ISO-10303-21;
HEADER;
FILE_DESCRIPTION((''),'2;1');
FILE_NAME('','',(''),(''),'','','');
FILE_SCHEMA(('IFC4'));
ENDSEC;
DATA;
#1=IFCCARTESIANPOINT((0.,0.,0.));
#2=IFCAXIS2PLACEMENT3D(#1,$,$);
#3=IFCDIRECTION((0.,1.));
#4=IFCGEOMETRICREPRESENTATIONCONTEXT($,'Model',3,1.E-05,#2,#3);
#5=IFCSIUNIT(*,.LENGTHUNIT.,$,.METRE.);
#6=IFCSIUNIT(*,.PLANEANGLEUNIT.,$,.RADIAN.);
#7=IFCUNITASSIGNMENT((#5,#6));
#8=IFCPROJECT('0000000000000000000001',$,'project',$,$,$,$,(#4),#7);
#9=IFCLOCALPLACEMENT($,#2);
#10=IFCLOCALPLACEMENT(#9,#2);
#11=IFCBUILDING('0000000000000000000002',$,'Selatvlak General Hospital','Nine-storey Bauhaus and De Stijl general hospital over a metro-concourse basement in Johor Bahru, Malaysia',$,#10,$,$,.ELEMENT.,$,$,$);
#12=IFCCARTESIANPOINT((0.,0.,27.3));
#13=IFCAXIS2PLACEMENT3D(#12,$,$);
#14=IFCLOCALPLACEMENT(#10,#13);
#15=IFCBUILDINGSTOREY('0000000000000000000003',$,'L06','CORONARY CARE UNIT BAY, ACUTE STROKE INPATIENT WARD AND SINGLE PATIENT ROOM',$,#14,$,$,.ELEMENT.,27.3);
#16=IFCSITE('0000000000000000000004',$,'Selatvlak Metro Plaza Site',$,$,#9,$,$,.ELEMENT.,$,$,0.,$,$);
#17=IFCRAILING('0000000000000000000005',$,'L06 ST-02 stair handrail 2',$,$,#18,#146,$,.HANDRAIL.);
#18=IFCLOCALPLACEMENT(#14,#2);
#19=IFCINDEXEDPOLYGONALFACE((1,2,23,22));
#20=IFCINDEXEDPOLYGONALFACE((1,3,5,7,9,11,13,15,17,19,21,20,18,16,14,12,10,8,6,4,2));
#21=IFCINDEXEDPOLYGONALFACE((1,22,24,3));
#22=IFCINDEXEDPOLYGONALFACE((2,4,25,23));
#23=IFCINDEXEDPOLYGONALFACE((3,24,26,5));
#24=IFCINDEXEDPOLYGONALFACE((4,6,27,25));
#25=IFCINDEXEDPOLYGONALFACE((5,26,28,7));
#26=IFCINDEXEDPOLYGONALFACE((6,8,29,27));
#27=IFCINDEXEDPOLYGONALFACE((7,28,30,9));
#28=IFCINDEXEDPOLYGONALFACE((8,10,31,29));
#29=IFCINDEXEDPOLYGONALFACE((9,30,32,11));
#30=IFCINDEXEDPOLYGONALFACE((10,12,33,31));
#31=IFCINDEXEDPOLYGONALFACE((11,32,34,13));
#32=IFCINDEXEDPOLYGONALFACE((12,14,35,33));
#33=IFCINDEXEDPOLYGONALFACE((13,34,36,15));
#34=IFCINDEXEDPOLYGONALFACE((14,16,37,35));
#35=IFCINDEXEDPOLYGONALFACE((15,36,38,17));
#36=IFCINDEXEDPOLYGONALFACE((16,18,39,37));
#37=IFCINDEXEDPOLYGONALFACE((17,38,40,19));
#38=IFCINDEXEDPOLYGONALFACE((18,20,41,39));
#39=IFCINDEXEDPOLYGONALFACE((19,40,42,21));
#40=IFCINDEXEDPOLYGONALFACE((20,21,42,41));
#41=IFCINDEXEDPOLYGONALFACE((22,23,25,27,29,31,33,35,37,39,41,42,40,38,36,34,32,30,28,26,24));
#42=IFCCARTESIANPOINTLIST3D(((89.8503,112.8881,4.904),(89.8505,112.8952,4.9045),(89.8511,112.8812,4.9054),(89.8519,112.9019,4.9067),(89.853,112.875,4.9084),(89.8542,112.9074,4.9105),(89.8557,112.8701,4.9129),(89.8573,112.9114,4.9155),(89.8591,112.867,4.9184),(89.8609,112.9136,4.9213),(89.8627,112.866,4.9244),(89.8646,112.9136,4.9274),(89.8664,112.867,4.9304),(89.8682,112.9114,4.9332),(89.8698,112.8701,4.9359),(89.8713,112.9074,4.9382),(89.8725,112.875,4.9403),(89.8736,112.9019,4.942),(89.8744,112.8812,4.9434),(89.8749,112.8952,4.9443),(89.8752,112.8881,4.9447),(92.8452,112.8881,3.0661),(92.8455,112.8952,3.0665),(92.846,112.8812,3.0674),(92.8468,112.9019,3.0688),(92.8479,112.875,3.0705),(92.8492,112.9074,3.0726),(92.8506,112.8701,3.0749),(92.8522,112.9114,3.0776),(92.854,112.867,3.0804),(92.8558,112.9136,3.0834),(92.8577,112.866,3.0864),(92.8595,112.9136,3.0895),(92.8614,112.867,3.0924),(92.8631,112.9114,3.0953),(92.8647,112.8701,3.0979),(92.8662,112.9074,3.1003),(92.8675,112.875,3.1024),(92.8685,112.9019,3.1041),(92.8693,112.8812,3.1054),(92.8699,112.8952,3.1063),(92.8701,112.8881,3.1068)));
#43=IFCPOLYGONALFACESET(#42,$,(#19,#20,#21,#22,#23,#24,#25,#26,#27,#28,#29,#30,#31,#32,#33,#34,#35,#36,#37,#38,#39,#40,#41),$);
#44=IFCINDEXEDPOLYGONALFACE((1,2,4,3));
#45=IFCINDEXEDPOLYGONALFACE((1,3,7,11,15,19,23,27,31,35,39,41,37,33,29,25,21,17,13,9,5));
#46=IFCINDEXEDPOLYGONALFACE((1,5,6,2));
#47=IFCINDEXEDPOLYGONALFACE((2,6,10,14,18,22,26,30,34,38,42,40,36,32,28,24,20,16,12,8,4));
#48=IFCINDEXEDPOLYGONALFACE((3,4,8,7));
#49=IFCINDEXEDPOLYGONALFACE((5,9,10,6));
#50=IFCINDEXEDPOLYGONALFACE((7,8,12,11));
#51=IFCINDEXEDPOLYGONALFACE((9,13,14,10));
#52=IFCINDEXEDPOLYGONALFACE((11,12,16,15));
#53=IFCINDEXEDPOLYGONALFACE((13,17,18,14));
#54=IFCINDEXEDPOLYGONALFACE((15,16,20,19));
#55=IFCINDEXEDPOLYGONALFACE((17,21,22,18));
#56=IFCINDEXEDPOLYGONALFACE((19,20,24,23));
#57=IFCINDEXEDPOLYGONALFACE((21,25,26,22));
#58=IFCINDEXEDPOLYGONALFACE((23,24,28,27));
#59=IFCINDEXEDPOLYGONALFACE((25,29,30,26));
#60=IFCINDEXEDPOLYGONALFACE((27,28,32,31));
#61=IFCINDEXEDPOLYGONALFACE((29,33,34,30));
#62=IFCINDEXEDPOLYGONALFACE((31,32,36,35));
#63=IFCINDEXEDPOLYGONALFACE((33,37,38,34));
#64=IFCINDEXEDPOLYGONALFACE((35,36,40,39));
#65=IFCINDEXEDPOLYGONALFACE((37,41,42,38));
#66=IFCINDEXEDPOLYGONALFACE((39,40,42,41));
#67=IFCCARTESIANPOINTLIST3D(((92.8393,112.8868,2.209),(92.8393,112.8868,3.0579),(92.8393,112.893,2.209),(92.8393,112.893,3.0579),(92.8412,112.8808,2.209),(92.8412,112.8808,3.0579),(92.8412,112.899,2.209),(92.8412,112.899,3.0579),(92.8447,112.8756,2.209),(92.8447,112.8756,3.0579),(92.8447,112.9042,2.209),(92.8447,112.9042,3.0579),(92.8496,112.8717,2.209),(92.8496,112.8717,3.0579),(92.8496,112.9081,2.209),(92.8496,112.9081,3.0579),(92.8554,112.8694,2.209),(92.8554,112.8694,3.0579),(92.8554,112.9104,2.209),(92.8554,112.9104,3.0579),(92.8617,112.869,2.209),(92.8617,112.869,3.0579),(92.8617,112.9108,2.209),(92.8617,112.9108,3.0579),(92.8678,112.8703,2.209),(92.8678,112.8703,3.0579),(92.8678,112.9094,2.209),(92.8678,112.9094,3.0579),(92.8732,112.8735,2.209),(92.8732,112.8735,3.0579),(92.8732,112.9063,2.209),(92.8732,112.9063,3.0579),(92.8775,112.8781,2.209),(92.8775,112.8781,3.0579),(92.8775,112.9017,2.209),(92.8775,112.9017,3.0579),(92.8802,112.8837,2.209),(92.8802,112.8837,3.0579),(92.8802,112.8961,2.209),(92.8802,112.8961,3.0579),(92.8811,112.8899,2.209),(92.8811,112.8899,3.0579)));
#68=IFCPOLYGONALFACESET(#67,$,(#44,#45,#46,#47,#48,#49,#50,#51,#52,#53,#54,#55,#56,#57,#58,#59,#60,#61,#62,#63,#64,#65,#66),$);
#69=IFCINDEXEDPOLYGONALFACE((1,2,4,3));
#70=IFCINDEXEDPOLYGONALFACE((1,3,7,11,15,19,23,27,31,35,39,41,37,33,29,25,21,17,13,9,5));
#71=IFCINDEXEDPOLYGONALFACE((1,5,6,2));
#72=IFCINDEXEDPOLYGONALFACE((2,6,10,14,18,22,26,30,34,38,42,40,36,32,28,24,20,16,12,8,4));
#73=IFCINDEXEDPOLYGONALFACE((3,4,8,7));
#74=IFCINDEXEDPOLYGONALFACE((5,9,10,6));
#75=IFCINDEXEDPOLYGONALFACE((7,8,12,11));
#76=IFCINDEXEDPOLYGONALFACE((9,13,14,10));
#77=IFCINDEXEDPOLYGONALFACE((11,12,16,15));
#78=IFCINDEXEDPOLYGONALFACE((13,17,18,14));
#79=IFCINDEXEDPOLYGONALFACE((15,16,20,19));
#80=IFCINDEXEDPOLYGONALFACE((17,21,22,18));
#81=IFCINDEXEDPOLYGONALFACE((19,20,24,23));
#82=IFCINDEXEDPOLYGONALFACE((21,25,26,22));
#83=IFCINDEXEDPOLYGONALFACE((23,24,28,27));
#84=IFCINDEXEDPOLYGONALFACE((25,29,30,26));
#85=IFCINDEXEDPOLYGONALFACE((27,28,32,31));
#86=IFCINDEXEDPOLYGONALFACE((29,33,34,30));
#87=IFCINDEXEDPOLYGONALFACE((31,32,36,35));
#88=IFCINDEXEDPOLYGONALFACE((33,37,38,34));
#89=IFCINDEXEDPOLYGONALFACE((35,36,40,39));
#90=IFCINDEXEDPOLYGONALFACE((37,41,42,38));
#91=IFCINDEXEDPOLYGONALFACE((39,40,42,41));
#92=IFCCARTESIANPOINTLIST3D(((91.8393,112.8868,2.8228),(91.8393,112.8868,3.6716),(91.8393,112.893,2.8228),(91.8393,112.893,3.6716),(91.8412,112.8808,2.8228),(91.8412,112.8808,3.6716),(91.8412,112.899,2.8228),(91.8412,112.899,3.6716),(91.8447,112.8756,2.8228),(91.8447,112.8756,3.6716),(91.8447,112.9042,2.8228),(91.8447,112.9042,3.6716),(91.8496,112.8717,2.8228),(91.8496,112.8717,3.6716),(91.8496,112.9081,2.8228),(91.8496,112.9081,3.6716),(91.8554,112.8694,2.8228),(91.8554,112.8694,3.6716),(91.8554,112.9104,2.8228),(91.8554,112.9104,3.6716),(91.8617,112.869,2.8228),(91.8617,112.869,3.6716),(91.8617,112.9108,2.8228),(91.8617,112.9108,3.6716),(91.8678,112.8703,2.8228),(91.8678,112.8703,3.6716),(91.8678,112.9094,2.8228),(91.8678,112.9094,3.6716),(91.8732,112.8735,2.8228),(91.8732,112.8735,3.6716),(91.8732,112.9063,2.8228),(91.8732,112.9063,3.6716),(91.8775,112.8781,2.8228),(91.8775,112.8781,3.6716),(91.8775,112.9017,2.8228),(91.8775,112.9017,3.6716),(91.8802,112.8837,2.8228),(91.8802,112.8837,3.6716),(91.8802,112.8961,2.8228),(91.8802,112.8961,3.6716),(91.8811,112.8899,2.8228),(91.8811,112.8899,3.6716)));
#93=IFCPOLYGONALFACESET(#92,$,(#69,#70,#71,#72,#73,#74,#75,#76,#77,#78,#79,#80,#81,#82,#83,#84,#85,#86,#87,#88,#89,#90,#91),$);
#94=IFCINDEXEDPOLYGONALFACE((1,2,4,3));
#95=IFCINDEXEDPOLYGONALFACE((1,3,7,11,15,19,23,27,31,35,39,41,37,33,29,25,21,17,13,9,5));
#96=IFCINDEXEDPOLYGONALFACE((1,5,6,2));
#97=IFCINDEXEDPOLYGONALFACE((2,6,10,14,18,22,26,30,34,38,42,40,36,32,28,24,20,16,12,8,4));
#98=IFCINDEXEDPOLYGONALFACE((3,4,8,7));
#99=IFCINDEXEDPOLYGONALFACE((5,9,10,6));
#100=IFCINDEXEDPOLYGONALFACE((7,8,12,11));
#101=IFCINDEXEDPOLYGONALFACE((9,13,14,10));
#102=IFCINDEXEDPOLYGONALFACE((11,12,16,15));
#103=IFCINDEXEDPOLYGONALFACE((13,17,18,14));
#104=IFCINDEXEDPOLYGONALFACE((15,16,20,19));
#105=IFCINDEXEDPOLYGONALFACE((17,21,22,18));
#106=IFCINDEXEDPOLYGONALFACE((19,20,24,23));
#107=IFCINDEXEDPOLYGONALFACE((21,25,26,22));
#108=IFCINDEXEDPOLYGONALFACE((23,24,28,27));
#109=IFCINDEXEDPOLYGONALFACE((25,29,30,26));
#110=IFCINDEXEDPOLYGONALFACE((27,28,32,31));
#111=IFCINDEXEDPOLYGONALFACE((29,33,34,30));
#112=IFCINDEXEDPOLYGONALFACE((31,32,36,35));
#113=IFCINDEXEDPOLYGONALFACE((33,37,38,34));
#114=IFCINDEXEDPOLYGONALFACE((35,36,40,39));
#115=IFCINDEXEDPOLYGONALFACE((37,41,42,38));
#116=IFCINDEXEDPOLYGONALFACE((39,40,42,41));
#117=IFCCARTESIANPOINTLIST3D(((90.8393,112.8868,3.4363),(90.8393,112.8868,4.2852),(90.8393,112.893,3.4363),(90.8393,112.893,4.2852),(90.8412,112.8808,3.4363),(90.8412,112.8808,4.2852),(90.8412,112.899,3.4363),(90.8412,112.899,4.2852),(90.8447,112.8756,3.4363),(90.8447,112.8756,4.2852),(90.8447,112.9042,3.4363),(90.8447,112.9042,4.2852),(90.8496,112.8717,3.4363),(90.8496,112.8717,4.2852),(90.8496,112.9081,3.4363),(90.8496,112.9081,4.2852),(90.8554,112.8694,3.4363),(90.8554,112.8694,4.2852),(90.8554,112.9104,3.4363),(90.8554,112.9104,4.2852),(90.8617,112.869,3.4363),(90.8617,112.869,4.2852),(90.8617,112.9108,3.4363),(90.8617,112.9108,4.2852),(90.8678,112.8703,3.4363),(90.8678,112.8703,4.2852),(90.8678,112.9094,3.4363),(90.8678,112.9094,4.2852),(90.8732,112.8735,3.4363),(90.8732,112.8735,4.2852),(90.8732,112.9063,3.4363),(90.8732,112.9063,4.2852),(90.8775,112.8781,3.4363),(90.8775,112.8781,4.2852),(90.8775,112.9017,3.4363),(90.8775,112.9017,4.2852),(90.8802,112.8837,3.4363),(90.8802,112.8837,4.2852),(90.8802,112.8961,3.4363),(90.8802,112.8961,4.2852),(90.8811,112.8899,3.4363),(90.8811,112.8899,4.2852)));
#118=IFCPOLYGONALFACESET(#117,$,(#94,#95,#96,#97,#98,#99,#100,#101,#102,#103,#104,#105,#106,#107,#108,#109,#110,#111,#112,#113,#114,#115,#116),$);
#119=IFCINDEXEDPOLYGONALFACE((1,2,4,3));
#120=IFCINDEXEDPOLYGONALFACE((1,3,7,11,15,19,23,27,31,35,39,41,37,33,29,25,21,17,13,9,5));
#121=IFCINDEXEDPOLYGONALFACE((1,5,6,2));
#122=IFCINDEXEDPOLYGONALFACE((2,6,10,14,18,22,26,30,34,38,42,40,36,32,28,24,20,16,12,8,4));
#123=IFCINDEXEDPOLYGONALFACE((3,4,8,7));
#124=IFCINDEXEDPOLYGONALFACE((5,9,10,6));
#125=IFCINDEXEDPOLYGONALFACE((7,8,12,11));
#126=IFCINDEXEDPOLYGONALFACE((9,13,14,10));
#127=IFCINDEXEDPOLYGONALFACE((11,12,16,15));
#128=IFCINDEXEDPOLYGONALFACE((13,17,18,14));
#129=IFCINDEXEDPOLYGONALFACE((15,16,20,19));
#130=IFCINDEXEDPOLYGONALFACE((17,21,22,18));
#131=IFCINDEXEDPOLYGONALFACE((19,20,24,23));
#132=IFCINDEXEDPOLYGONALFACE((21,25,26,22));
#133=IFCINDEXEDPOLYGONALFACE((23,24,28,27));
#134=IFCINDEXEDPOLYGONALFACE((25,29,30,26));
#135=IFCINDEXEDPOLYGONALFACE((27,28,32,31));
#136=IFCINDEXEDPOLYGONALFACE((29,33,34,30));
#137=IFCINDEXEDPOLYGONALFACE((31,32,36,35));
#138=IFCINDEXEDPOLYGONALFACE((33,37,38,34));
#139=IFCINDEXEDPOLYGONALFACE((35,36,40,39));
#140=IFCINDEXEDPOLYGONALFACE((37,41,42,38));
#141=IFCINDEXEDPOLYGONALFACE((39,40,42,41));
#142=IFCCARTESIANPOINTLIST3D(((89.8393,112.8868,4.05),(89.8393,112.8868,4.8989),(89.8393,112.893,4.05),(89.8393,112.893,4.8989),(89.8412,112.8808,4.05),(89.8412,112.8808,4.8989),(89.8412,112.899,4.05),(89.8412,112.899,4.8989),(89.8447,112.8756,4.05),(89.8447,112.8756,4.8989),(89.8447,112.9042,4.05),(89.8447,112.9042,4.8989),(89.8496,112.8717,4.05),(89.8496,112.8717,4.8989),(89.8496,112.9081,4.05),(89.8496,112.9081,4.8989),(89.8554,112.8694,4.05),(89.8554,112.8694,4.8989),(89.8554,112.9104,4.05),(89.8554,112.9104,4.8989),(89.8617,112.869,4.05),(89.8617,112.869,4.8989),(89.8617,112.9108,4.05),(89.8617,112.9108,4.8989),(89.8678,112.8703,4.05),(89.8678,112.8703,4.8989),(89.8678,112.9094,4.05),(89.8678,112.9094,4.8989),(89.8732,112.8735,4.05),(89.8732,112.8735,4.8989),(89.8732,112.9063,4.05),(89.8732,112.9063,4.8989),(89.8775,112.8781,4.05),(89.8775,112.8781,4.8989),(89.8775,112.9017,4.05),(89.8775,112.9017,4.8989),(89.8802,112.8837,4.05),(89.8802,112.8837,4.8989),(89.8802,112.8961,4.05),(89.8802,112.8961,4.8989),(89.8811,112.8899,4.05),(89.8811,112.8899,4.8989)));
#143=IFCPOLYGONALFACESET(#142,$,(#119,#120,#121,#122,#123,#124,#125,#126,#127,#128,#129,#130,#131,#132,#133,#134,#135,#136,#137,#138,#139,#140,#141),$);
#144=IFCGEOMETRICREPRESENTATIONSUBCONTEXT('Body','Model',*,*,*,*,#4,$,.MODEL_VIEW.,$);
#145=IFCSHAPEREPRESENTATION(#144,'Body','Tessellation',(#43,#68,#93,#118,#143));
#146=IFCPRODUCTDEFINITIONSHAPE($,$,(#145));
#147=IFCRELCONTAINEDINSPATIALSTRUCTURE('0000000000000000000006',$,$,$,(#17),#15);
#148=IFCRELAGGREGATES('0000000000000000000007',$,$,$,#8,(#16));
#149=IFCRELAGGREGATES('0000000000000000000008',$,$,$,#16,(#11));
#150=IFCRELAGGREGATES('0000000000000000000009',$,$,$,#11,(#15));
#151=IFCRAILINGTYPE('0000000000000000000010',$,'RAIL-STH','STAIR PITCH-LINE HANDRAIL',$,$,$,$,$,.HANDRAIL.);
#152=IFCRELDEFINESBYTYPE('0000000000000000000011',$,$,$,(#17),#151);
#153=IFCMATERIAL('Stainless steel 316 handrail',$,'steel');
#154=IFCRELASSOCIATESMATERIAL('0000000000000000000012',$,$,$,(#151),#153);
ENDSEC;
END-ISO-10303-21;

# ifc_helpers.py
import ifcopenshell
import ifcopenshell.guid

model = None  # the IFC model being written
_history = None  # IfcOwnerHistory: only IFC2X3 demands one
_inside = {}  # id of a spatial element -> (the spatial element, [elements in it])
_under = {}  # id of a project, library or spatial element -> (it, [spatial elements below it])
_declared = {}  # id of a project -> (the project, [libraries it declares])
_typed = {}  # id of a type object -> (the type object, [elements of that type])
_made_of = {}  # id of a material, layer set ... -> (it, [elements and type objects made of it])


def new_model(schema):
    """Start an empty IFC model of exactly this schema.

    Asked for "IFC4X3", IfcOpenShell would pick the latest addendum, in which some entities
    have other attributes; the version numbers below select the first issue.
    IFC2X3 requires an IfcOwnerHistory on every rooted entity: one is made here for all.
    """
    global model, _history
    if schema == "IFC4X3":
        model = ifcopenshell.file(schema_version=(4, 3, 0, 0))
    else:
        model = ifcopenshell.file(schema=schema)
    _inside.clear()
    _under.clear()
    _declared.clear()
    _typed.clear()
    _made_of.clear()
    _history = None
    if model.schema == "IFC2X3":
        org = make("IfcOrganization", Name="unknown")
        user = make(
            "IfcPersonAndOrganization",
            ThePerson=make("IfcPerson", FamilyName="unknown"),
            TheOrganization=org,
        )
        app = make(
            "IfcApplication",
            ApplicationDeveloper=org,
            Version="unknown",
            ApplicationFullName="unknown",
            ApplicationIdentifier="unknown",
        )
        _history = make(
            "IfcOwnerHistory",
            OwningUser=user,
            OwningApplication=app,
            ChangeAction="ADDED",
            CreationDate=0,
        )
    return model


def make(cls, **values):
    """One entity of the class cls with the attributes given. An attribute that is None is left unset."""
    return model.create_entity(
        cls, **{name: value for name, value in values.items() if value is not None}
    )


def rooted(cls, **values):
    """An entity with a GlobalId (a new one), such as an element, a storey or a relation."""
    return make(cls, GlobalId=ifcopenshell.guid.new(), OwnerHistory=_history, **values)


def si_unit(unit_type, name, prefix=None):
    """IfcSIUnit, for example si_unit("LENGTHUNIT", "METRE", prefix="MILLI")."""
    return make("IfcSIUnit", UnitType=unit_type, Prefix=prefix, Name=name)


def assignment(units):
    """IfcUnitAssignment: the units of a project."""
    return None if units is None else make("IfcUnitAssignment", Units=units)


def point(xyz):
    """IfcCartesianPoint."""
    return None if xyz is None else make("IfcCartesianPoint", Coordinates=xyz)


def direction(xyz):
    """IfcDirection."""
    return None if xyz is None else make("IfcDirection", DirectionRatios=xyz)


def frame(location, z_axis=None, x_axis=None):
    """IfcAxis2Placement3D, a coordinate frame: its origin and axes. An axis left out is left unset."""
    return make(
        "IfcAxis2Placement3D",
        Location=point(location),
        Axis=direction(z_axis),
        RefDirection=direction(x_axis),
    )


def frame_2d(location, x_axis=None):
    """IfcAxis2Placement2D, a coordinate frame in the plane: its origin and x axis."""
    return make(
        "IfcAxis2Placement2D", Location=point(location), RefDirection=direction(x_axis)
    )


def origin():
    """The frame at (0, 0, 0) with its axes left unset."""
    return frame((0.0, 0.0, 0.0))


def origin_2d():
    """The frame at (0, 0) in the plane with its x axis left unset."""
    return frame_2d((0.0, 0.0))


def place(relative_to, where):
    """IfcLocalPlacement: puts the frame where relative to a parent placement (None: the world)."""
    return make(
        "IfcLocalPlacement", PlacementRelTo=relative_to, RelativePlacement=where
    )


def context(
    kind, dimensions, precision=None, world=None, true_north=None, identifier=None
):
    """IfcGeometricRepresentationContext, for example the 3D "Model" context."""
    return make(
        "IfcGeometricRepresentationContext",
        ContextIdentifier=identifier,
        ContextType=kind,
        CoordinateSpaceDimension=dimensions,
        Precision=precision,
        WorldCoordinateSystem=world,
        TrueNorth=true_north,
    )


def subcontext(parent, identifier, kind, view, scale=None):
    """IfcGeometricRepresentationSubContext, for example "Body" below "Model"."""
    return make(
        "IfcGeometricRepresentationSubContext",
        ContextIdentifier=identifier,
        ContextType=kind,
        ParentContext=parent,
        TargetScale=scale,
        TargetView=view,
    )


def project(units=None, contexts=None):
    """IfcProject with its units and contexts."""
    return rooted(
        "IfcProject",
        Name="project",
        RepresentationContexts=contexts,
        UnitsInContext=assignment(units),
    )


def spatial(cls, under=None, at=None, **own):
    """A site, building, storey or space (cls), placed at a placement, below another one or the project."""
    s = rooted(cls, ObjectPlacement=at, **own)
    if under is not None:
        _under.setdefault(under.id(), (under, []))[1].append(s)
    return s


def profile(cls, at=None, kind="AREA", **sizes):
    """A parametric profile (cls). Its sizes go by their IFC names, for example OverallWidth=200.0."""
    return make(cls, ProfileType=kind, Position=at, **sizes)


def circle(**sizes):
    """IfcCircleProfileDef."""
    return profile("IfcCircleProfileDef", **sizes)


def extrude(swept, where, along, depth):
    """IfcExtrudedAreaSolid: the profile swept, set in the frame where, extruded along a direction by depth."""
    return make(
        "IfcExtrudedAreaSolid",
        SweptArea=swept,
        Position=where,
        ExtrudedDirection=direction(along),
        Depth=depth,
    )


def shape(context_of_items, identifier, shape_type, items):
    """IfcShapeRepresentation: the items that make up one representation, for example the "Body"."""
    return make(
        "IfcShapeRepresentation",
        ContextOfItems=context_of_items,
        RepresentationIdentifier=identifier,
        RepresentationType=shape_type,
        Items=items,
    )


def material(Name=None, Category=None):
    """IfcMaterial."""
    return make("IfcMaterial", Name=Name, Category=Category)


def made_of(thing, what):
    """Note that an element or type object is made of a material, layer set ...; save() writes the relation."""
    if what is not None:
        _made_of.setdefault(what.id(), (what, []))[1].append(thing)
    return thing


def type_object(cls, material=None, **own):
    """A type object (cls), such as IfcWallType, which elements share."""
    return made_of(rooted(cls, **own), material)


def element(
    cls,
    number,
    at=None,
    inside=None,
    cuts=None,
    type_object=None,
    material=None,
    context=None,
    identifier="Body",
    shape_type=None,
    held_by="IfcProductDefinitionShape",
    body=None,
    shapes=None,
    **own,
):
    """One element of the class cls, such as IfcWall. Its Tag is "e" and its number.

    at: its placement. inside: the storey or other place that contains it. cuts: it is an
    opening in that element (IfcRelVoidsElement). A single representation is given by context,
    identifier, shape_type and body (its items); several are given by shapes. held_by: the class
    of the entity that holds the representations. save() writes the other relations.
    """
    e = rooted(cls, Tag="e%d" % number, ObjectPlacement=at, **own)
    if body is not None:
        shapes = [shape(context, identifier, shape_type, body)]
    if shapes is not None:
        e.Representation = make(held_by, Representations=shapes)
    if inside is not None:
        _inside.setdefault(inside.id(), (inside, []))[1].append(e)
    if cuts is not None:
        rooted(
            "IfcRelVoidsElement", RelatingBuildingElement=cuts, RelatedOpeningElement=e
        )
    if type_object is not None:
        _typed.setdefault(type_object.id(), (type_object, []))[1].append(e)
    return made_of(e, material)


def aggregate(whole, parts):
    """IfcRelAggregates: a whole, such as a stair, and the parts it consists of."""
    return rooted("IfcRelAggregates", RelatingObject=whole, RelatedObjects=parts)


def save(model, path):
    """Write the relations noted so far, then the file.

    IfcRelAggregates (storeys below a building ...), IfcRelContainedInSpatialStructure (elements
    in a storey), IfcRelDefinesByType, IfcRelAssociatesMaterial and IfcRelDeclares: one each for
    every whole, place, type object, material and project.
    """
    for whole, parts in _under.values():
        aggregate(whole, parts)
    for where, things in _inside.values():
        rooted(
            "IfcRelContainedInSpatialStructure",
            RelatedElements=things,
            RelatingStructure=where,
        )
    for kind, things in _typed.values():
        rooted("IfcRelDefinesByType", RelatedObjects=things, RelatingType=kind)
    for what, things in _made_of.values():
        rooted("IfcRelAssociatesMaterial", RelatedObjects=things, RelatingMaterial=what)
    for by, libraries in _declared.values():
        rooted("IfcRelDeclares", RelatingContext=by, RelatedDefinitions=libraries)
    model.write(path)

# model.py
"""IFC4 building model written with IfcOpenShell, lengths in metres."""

from ifc_helpers import new_model, si_unit, direction, frame, origin, origin_2d, place, context, subcontext, project, spatial, circle, extrude, material, type_object, element, save


model = new_model("IFC4")

# Units and contexts
model_context = context("Model", 3, precision=1e-05, world=origin(), true_north=direction((0.0, 1.0)))
body_context = subcontext(model_context, "Body", "Model", "MODEL_VIEW")
ifc_project = project(units=[si_unit("LENGTHUNIT", "METRE"), si_unit("PLANEANGLEUNIT", "RADIAN")], contexts=[model_context])

# Site, building, storey
site_placement = place(None, origin())
site = spatial("IfcSite", under=ifc_project, at=site_placement, Name="Selatvlak Metro Plaza Site", CompositionType="ELEMENT", RefElevation=0.0)
building_placement = place(site_placement, origin())
building = spatial("IfcBuilding", under=site, at=building_placement, Name="Selatvlak General Hospital", Description="Nine-storey Bauhaus and De Stijl general hospital over a metro-concourse basement in Johor Bahru, Malaysia", CompositionType="ELEMENT")
storey_placement = place(building_placement, frame((0.0, 0.0, 27.3)))
storey = spatial("IfcBuildingStorey", under=building, at=storey_placement, Name="L06", Description="CORONARY CARE UNIT BAY, ACUTE STROKE INPATIENT WARD AND SINGLE PATIENT ROOM", CompositionType="ELEMENT", Elevation=27.3)

# Railing
ifc_material_1 = material(Name="Stainless steel 316 handrail", Category="steel")
railing_type_1 = type_object("IfcRailingType", Name="RAIL-STH", Description="STAIR PITCH-LINE HANDRAIL", PredefinedType="HANDRAIL", material=ifc_material_1)
railing_1_placement = place(storey_placement, frame((92.8601, 112.8899, 2.209)))
element("IfcRailing", 1, at=railing_1_placement, inside=storey, type_object=railing_type_1, Name="L06 ST-02 stair handrail 2", PredefinedType="HANDRAIL", context=body_context, shape_type="SweptSolid", body=[
    extrude(circle(Radius=0.0239, at=origin_2d()), frame((-0.0024, 0.0, 0.8774), z_axis=(-0.852303, 0.0, 0.523048), x_axis=(0.0, -1.0, 0.0)), (0.0, 0.0, 1.0), 3.5139),
    extrude(circle(Radius=0.021, at=origin_2d()), origin(), (0.0, 0.0, 1.0), 0.8489),
    extrude(circle(Radius=0.021, at=origin_2d()), frame((-1.0, 0.0, 0.6138)), (0.0, 0.0, 1.0), 0.8489),
    extrude(circle(Radius=0.021, at=origin_2d()), frame((-2.0, 0.0, 1.2273)), (0.0, 0.0, 1.0), 0.8489),
    extrude(circle(Radius=0.021, at=origin_2d()), frame((-3.0, 0.0, 1.8411)), (0.0, 0.0, 1.0), 0.8489),
])

save(model, "model.ifc")
